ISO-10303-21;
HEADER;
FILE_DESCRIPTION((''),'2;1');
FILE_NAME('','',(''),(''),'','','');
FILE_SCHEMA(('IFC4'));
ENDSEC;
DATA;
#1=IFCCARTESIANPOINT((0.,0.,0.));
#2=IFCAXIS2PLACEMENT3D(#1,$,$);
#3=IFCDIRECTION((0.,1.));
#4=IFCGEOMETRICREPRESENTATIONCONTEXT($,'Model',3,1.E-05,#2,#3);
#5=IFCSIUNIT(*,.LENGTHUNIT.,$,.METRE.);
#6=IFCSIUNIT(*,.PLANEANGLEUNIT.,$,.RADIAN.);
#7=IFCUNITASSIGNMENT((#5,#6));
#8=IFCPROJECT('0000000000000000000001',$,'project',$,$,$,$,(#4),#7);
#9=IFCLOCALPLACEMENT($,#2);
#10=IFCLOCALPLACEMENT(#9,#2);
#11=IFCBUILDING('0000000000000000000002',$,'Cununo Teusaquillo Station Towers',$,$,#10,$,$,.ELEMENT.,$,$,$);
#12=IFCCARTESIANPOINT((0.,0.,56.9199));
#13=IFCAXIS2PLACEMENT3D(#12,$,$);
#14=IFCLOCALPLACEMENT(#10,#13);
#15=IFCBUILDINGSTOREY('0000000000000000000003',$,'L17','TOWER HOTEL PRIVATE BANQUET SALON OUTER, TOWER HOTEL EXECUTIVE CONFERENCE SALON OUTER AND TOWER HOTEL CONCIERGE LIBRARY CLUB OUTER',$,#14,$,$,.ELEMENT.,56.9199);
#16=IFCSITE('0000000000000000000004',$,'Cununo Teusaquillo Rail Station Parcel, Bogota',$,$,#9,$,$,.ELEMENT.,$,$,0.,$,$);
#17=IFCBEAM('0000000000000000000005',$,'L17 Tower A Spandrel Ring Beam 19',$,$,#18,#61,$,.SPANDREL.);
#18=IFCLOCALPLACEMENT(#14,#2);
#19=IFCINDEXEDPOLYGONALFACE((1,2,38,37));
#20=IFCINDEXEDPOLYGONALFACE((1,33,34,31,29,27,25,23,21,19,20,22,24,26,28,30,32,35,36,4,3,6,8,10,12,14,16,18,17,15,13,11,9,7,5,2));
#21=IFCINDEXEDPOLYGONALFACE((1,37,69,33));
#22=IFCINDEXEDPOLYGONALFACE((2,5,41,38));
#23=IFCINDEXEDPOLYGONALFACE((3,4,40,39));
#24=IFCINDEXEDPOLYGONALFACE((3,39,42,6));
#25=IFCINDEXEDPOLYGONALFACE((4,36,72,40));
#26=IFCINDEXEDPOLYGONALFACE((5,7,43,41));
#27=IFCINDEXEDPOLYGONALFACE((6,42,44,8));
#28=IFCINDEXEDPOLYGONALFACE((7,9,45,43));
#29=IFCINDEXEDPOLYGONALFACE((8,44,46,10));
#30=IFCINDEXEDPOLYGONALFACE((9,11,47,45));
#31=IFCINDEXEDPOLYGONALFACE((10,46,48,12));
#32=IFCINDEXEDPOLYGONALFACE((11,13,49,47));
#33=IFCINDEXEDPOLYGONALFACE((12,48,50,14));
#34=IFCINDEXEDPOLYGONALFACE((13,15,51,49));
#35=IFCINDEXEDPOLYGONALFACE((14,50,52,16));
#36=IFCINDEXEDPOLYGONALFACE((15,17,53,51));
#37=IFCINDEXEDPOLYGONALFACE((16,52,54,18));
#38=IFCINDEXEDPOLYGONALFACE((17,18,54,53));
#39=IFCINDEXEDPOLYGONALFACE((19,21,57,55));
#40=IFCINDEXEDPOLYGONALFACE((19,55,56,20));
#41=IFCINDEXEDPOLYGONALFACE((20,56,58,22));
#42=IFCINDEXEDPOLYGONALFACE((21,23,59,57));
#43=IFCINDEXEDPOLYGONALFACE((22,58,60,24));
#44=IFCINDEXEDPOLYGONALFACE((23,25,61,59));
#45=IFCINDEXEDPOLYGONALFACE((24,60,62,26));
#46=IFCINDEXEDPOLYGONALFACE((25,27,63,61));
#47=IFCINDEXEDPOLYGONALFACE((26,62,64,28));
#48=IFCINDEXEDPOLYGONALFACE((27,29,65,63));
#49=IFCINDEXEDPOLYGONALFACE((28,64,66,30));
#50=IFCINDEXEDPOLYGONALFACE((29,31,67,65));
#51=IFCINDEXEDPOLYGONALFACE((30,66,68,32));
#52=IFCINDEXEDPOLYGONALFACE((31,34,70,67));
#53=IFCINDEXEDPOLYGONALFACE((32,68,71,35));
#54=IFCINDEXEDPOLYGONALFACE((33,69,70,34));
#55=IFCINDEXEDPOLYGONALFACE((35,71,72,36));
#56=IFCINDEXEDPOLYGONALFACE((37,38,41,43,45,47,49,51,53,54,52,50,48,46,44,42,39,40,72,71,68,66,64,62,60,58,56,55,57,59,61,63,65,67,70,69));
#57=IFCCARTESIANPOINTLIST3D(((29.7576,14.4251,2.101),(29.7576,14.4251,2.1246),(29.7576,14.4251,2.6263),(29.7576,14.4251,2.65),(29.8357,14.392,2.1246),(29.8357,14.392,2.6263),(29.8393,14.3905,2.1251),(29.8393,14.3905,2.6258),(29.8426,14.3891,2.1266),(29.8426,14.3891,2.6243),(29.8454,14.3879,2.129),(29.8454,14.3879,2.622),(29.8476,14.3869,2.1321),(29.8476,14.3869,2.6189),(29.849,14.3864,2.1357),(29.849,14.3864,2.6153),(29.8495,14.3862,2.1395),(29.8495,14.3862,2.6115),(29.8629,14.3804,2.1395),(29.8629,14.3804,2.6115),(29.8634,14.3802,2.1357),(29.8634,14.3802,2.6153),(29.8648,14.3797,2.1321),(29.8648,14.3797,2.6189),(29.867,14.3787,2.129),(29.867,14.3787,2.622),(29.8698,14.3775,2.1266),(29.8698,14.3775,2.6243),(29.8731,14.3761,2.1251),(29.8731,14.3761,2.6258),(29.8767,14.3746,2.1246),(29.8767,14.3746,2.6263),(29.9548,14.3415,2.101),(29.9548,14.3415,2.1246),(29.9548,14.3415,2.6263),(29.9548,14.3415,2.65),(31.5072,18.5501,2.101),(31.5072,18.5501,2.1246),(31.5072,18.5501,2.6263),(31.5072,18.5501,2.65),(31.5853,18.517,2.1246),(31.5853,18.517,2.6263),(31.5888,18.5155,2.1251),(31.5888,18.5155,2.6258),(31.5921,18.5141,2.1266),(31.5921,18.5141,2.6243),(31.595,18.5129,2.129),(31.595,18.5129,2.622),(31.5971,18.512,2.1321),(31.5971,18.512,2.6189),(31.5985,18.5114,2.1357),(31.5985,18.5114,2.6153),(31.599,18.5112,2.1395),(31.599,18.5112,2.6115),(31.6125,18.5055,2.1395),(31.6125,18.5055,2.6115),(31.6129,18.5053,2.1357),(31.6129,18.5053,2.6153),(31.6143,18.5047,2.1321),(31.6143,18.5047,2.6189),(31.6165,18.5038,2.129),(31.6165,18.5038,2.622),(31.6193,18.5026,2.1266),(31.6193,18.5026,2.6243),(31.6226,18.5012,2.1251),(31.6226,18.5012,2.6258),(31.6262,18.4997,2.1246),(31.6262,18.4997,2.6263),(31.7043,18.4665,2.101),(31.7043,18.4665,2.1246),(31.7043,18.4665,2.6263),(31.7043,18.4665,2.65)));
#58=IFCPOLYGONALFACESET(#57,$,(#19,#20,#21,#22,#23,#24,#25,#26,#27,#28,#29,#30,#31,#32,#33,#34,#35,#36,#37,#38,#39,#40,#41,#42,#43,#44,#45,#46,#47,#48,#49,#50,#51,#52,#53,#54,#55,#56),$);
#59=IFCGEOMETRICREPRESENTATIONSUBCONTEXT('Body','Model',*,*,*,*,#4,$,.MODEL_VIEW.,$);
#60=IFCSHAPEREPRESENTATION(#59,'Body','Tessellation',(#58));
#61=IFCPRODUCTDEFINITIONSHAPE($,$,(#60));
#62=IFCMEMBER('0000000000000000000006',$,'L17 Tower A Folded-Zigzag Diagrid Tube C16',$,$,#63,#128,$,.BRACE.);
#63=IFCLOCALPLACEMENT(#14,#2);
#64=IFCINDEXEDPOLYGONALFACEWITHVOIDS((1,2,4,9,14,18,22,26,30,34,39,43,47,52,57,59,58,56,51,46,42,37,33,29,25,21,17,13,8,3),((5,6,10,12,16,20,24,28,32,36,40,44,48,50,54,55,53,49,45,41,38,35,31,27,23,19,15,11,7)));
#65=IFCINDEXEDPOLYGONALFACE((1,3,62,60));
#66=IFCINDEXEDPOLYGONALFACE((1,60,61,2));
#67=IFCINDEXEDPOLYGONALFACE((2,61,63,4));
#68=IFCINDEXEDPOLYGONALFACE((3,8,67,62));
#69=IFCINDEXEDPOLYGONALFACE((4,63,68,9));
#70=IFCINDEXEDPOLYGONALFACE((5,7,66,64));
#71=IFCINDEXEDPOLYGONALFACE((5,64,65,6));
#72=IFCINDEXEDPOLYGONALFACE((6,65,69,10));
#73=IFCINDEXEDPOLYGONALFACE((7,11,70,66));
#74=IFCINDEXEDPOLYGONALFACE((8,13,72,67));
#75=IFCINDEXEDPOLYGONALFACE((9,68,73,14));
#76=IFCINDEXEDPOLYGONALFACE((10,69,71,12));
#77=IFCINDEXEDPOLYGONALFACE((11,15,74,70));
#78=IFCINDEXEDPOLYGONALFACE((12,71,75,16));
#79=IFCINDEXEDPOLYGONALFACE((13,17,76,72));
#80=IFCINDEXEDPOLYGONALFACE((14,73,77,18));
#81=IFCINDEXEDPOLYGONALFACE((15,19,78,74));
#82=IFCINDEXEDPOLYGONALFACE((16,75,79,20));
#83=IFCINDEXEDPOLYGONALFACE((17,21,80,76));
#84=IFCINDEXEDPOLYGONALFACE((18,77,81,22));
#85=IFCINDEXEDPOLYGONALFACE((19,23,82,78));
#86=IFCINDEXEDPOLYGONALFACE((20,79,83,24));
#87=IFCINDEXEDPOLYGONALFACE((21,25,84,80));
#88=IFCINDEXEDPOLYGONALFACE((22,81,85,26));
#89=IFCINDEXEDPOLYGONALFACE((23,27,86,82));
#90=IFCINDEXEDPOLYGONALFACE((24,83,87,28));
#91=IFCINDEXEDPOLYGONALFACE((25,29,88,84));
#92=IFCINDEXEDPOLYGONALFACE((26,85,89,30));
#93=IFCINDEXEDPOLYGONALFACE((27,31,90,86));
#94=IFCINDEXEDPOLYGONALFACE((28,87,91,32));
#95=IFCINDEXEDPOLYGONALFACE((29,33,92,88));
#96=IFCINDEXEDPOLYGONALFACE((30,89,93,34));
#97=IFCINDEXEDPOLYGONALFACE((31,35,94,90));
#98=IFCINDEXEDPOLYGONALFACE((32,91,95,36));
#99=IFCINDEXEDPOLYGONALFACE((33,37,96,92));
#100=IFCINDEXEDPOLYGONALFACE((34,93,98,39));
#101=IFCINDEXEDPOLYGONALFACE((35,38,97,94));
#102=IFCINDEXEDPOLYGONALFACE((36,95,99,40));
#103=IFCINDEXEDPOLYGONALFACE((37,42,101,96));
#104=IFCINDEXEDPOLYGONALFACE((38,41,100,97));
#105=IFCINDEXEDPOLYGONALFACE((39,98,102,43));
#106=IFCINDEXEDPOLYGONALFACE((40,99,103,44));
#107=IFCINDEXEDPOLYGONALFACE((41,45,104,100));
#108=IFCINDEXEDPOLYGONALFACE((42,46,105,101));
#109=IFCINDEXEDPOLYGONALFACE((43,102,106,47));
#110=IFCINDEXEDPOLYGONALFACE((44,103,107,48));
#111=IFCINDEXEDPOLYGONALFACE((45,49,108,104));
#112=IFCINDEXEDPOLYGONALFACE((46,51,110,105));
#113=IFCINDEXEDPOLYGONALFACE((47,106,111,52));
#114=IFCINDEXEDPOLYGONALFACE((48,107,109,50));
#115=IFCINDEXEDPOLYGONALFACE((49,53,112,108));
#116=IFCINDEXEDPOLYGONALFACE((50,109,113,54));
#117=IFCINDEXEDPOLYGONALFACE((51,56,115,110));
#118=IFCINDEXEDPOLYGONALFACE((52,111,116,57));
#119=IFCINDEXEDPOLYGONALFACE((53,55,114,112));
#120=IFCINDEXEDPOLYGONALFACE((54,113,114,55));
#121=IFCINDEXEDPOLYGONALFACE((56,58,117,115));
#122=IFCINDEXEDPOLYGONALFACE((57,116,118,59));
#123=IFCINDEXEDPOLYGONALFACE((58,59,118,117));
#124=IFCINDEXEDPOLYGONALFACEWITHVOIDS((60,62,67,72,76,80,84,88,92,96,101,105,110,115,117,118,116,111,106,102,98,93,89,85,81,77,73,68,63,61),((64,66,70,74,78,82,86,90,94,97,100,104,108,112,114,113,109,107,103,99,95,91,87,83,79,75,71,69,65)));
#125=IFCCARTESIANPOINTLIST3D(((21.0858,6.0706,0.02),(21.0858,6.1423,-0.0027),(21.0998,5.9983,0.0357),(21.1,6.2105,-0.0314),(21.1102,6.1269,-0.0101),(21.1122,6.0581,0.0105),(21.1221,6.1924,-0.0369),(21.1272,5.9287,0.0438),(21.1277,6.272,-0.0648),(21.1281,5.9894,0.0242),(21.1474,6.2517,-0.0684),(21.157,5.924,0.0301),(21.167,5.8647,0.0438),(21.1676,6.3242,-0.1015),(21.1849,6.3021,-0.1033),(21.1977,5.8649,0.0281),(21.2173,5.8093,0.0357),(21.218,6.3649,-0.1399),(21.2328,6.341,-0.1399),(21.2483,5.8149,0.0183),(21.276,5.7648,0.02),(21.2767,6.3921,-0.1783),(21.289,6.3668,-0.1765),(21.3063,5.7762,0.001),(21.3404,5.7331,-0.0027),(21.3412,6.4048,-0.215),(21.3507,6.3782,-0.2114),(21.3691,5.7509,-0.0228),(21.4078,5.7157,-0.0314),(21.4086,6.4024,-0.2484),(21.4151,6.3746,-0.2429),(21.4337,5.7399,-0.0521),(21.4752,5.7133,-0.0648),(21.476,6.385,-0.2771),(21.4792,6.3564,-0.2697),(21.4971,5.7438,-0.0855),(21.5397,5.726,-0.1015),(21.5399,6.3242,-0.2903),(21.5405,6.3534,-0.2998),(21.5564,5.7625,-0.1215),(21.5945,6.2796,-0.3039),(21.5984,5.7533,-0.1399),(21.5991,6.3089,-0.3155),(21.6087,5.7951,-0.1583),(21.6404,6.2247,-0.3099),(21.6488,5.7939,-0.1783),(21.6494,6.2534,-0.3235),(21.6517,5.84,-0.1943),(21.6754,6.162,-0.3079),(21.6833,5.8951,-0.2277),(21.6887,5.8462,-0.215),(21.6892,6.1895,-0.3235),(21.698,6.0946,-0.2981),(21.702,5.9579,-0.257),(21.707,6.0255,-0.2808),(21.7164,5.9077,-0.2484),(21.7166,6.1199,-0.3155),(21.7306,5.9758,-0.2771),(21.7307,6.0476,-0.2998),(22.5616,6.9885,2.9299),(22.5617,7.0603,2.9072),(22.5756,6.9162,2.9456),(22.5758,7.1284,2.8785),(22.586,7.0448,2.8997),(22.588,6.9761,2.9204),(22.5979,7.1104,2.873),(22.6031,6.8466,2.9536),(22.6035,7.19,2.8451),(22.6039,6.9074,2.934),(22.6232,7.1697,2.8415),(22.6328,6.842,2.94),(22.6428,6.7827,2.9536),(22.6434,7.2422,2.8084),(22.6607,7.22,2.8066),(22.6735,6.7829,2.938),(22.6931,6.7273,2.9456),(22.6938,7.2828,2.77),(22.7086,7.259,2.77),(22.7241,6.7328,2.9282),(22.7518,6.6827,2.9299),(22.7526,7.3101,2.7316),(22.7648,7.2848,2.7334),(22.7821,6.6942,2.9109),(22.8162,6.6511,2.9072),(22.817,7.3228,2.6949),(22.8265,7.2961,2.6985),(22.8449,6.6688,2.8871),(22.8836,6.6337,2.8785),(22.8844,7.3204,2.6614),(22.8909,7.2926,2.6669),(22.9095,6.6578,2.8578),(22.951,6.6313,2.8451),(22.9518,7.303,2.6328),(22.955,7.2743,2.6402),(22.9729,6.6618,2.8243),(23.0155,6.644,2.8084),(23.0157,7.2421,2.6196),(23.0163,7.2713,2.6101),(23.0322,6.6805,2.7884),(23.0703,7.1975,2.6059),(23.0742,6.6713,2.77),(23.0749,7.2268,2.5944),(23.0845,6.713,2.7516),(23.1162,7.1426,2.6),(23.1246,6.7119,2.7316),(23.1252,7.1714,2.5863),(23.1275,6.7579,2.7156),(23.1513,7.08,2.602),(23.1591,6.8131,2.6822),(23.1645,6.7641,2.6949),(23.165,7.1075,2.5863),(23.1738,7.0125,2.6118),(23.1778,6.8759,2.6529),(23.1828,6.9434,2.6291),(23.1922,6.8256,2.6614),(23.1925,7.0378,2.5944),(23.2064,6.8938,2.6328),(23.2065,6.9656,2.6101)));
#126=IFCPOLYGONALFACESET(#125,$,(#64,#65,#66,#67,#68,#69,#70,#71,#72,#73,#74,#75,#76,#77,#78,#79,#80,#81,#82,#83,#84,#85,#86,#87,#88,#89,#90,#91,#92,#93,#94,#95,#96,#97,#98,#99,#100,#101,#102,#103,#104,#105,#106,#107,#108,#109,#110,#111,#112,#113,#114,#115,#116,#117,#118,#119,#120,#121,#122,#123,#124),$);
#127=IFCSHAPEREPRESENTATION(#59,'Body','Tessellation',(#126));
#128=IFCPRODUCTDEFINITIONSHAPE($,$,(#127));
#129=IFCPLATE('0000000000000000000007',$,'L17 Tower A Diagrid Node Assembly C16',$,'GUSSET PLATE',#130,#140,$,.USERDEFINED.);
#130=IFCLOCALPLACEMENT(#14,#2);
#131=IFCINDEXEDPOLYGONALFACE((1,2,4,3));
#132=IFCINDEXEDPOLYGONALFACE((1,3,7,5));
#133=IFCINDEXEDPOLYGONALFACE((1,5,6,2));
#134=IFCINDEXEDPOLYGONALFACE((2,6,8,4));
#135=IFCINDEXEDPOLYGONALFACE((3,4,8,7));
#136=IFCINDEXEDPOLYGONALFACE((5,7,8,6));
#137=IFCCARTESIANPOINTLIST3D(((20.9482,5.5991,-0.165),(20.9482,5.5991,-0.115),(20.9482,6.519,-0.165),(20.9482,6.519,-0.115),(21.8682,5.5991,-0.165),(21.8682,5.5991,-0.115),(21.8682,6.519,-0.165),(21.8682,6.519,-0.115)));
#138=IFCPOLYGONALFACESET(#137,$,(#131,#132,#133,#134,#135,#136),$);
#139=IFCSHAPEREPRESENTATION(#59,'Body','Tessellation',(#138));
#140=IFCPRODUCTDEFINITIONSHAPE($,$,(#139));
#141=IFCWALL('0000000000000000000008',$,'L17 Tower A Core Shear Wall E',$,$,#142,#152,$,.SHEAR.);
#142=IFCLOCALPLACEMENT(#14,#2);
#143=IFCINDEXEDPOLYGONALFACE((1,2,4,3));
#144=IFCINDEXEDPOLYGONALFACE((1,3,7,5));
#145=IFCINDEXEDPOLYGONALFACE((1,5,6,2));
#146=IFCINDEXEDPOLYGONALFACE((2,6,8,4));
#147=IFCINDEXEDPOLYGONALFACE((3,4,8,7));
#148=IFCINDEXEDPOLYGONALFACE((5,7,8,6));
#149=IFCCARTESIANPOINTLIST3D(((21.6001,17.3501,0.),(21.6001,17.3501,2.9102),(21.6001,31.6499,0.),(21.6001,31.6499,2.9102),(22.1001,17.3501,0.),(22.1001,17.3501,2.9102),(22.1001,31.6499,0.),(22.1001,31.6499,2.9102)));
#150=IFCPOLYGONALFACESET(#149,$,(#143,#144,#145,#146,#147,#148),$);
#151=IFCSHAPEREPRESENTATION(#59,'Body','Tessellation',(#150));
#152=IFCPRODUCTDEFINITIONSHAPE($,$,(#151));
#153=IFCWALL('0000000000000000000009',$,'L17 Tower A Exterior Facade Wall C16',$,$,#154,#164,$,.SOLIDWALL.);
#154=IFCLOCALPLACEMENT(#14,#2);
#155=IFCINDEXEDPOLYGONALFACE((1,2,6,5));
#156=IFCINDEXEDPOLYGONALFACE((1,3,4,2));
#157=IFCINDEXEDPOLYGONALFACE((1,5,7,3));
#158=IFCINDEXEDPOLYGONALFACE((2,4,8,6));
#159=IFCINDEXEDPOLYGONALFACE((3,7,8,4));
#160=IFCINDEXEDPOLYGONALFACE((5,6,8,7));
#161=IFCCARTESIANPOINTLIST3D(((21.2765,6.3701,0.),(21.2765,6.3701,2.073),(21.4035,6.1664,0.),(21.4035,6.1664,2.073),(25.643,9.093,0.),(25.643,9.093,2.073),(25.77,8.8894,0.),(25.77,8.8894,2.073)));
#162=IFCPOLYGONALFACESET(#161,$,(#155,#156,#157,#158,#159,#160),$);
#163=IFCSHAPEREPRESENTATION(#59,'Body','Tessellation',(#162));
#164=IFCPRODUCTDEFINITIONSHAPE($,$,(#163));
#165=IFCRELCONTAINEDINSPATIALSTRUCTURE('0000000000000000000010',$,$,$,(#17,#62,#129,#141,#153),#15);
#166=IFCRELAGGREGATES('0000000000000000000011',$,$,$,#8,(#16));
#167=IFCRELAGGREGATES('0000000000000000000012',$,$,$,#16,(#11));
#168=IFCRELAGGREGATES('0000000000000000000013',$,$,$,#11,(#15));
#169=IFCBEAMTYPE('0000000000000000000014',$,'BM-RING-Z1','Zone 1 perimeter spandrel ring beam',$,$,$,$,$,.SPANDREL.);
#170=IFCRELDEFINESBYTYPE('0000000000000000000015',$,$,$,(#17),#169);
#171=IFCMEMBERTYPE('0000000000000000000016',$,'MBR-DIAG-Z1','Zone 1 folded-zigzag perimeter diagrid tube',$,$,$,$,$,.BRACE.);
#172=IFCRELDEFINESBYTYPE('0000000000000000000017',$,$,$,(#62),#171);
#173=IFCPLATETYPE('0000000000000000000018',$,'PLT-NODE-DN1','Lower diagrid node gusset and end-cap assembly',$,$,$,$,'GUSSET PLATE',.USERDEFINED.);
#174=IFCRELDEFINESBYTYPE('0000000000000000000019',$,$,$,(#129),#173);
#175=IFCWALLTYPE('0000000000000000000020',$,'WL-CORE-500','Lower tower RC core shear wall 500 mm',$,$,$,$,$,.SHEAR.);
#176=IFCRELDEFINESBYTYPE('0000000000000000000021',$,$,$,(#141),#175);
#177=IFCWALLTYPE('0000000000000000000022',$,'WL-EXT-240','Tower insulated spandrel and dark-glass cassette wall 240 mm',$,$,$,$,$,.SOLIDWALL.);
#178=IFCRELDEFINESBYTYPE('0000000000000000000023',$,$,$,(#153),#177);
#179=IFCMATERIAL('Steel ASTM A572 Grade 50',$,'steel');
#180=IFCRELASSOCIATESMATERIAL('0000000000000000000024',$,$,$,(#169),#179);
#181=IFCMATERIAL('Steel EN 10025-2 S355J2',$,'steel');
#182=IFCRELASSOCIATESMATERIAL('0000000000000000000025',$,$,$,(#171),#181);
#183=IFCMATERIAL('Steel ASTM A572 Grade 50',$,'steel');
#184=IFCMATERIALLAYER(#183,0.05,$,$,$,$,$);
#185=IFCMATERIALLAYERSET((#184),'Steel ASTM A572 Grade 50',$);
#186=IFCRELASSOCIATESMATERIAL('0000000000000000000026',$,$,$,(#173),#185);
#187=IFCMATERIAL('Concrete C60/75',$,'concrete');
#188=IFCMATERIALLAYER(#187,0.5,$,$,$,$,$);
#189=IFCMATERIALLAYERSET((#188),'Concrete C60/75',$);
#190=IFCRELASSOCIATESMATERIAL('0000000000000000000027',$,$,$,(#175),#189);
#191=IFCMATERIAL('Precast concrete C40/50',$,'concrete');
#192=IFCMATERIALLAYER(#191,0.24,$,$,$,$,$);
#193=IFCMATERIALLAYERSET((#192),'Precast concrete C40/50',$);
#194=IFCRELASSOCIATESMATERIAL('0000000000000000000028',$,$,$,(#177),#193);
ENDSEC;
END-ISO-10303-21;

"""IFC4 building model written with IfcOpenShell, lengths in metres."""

from ifc_helpers import new_model, si_unit, direction, frame, frame_2d, origin, origin_2d, place, context, subcontext, project, spatial, rectangle, hollow_circle, i_section, extrude, source, transform, mapped, material, layer, layer_set, material_profile, profile_set, type_object, element, save


model = new_model("IFC4")

# Units and contexts
model_context = context("Model", 3, precision=1e-05, world=origin(), true_north=direction((0.0, 1.0)))
body_context = subcontext(model_context, "Body", "Model", "MODEL_VIEW")
ifc_project = project(units=[si_unit("LENGTHUNIT", "METRE"), si_unit("PLANEANGLEUNIT", "RADIAN")], contexts=[model_context])

# Site, building, storey
site_placement = place(None, origin())
site = spatial("IfcSite", under=ifc_project, at=site_placement, Name="Cununo Teusaquillo Rail Station Parcel, Bogota", CompositionType="ELEMENT", RefElevation=0.0)
building_placement = place(site_placement, origin())
building = spatial("IfcBuilding", under=site, at=building_placement, Name="Cununo Teusaquillo Station Towers", CompositionType="ELEMENT")
storey_placement = place(building_placement, frame((0.0, 0.0, 56.9199)))
storey = spatial("IfcBuildingStorey", under=building, at=storey_placement, Name="L17", Description="TOWER HOTEL PRIVATE BANQUET SALON OUTER, TOWER HOTEL EXECUTIVE CONFERENCE SALON OUTER AND TOWER HOTEL CONCIERGE LIBRARY CLUB OUTER", CompositionType="ELEMENT", Elevation=56.9199)

# Beam
ifc_material_1 = material(Name="Steel ASTM A572 Grade 50", Category="steel")
ifc_material_profile_1 = material_profile(ifc_material_1, i_section(OverallWidth=0.2141, OverallDepth=0.5491, WebThickness=0.0146, FlangeThickness=0.0237, FilletRadius=0.0149, at=origin_2d()), Name="W21X93")
ifc_profile_set_1 = profile_set([ifc_material_profile_1], Name="Steel ASTM A572 Grade 50")
beam_type = type_object("IfcBeamType", Name="BM-RING-Z1", Description="Zone 1 perimeter spandrel ring beam", PredefinedType="SPANDREL", material=ifc_profile_set_1)
beam_1_placement = place(storey_placement, frame((29.8562, 14.3833, 2.3755), z_axis=(0.390457, 0.920621, 0.0), x_axis=(-0.920621, 0.390457, 0.0)))
element("IfcBeam", 1, at=beam_1_placement, inside=storey, type_object=beam_type, Name="L17 Tower A Spandrel Ring Beam 19", PredefinedType="SPANDREL", context=body_context, shape_type="SweptSolid", body=[
    extrude(i_section(OverallWidth=0.2141, OverallDepth=0.5491, WebThickness=0.0146, FlangeThickness=0.0237, FilletRadius=0.0149, at=origin_2d()), origin(), (0.0, 0.0, 1.0), 4.4807),
])

# Member
ifc_material_2 = material(Name="Steel EN 10025-2 S355J2", Category="steel")
ifc_material_profile_2 = material_profile(ifc_material_2, hollow_circle(Radius=0.3601, WallThickness=0.0281, at=origin_2d()), Name="CHS 720x28")
ifc_profile_set_2 = profile_set([ifc_material_profile_2], Name="Steel EN 10025-2 S355J2")
member_type = type_object("IfcMemberType", Name="MBR-DIAG-Z1", Description="Zone 1 folded-zigzag perimeter diagrid tube", PredefinedType="BRACE", material=ifc_profile_set_2)
member_placement = place(storey_placement, frame((21.4082, 6.0591, -0.1399), z_axis=(0.43542, 0.270832, 0.858522), x_axis=(-0.528167, 0.849141, 0.0)))
element("IfcMember", 2, at=member_placement, inside=storey, type_object=member_type, Name="L17 Tower A Folded-Zigzag Diagrid Tube C16", PredefinedType="BRACE", context=body_context, shape_type="SweptSolid", body=[
    extrude(hollow_circle(Radius=0.3601, WallThickness=0.0281, at=origin_2d()), origin(), (0.0, 0.0, 1.0), 3.3894),
])

# Plate
ifc_material_3 = material(Name="Steel ASTM A572 Grade 50", Category="steel")
ifc_layer_1 = layer(ifc_material_3, 0.05)
ifc_layer_set_1 = layer_set([ifc_layer_1], Name="Steel ASTM A572 Grade 50")
plate_type = type_object("IfcPlateType", Name="PLT-NODE-DN1", Description="Lower diagrid node gusset and end-cap assembly", ElementType="GUSSET PLATE", PredefinedType="USERDEFINED", material=ifc_layer_set_1)
shared_shape_1 = source(origin(), body_context, "Body", "SweptSolid", [
    extrude(rectangle(XDim=0.9199, YDim=0.9199, at=origin_2d()), origin(), (0.0, 0.0, 1.0), 0.05),
])
plate_placement = place(storey_placement, frame((21.4082, 6.0591, -0.165), z_axis=(0.0, 0.0, 1.0), x_axis=(1.0, 0.0, 0.0)))
element("IfcPlate", 3, at=plate_placement, inside=storey, type_object=plate_type, Name="L17 Tower A Diagrid Node Assembly C16", ObjectType="GUSSET PLATE", PredefinedType="USERDEFINED", context=body_context, shape_type="MappedRepresentation", body=[
    mapped(shared_shape_1, transform((0.0, 0.0, 0.0), x_axis=(1.0, 0.0, 0.0), y_axis=(0.0, 1.0, 0.0), z_axis=(0.0, 0.0, 1.0), scale=1.0)),
])

# Walls
ifc_material_4 = material(Name="Concrete C60/75", Category="concrete")
ifc_layer_2 = layer(ifc_material_4, 0.5)
ifc_layer_set_2 = layer_set([ifc_layer_2], Name="Concrete C60/75")
wall_type_1 = type_object("IfcWallType", Name="WL-CORE-500", Description="Lower tower RC core shear wall 500 mm", PredefinedType="SHEAR", material=ifc_layer_set_2)
wall_1_placement = place(storey_placement, frame((21.8501, 17.3501, 0.0), z_axis=(0.0, 0.0, 1.0), x_axis=(0.0, 1.0, 0.0)))
element("IfcWall", 4, at=wall_1_placement, inside=storey, type_object=wall_type_1, Name="L17 Tower A Core Shear Wall E", PredefinedType="SHEAR", context=body_context, shape_type="SweptSolid", body=[
    extrude(rectangle(XDim=14.2998, YDim=0.5, at=frame_2d((7.1499, 0.0))), origin(), (0.0, 0.0, 1.0), 2.9102),
])
ifc_material_5 = material(Name="Precast concrete C40/50", Category="concrete")
ifc_layer_3 = layer(ifc_material_5, 0.24)
ifc_layer_set_3 = layer_set([ifc_layer_3], Name="Precast concrete C40/50")
wall_type_2 = type_object("IfcWallType", Name="WL-EXT-240", Description="Tower insulated spandrel and dark-glass cassette wall 240 mm", PredefinedType="SOLIDWALL", material=ifc_layer_set_3)
wall_2_placement = place(storey_placement, frame((25.7065, 8.9912, 0.0), z_axis=(0.0, 0.0, 1.0), x_axis=(-0.848534, -0.529141, 0.0)))
element("IfcWall", 5, at=wall_2_placement, inside=storey, type_object=wall_type_2, Name="L17 Tower A Exterior Facade Wall C16", PredefinedType="SOLIDWALL", context=body_context, shape_type="SweptSolid", body=[
    extrude(rectangle(XDim=5.146, YDim=0.24, at=frame_2d((2.573, 0.0))), origin(), (0.0, 0.0, 1.0), 2.073),
])

save(model, "model.ifc")
